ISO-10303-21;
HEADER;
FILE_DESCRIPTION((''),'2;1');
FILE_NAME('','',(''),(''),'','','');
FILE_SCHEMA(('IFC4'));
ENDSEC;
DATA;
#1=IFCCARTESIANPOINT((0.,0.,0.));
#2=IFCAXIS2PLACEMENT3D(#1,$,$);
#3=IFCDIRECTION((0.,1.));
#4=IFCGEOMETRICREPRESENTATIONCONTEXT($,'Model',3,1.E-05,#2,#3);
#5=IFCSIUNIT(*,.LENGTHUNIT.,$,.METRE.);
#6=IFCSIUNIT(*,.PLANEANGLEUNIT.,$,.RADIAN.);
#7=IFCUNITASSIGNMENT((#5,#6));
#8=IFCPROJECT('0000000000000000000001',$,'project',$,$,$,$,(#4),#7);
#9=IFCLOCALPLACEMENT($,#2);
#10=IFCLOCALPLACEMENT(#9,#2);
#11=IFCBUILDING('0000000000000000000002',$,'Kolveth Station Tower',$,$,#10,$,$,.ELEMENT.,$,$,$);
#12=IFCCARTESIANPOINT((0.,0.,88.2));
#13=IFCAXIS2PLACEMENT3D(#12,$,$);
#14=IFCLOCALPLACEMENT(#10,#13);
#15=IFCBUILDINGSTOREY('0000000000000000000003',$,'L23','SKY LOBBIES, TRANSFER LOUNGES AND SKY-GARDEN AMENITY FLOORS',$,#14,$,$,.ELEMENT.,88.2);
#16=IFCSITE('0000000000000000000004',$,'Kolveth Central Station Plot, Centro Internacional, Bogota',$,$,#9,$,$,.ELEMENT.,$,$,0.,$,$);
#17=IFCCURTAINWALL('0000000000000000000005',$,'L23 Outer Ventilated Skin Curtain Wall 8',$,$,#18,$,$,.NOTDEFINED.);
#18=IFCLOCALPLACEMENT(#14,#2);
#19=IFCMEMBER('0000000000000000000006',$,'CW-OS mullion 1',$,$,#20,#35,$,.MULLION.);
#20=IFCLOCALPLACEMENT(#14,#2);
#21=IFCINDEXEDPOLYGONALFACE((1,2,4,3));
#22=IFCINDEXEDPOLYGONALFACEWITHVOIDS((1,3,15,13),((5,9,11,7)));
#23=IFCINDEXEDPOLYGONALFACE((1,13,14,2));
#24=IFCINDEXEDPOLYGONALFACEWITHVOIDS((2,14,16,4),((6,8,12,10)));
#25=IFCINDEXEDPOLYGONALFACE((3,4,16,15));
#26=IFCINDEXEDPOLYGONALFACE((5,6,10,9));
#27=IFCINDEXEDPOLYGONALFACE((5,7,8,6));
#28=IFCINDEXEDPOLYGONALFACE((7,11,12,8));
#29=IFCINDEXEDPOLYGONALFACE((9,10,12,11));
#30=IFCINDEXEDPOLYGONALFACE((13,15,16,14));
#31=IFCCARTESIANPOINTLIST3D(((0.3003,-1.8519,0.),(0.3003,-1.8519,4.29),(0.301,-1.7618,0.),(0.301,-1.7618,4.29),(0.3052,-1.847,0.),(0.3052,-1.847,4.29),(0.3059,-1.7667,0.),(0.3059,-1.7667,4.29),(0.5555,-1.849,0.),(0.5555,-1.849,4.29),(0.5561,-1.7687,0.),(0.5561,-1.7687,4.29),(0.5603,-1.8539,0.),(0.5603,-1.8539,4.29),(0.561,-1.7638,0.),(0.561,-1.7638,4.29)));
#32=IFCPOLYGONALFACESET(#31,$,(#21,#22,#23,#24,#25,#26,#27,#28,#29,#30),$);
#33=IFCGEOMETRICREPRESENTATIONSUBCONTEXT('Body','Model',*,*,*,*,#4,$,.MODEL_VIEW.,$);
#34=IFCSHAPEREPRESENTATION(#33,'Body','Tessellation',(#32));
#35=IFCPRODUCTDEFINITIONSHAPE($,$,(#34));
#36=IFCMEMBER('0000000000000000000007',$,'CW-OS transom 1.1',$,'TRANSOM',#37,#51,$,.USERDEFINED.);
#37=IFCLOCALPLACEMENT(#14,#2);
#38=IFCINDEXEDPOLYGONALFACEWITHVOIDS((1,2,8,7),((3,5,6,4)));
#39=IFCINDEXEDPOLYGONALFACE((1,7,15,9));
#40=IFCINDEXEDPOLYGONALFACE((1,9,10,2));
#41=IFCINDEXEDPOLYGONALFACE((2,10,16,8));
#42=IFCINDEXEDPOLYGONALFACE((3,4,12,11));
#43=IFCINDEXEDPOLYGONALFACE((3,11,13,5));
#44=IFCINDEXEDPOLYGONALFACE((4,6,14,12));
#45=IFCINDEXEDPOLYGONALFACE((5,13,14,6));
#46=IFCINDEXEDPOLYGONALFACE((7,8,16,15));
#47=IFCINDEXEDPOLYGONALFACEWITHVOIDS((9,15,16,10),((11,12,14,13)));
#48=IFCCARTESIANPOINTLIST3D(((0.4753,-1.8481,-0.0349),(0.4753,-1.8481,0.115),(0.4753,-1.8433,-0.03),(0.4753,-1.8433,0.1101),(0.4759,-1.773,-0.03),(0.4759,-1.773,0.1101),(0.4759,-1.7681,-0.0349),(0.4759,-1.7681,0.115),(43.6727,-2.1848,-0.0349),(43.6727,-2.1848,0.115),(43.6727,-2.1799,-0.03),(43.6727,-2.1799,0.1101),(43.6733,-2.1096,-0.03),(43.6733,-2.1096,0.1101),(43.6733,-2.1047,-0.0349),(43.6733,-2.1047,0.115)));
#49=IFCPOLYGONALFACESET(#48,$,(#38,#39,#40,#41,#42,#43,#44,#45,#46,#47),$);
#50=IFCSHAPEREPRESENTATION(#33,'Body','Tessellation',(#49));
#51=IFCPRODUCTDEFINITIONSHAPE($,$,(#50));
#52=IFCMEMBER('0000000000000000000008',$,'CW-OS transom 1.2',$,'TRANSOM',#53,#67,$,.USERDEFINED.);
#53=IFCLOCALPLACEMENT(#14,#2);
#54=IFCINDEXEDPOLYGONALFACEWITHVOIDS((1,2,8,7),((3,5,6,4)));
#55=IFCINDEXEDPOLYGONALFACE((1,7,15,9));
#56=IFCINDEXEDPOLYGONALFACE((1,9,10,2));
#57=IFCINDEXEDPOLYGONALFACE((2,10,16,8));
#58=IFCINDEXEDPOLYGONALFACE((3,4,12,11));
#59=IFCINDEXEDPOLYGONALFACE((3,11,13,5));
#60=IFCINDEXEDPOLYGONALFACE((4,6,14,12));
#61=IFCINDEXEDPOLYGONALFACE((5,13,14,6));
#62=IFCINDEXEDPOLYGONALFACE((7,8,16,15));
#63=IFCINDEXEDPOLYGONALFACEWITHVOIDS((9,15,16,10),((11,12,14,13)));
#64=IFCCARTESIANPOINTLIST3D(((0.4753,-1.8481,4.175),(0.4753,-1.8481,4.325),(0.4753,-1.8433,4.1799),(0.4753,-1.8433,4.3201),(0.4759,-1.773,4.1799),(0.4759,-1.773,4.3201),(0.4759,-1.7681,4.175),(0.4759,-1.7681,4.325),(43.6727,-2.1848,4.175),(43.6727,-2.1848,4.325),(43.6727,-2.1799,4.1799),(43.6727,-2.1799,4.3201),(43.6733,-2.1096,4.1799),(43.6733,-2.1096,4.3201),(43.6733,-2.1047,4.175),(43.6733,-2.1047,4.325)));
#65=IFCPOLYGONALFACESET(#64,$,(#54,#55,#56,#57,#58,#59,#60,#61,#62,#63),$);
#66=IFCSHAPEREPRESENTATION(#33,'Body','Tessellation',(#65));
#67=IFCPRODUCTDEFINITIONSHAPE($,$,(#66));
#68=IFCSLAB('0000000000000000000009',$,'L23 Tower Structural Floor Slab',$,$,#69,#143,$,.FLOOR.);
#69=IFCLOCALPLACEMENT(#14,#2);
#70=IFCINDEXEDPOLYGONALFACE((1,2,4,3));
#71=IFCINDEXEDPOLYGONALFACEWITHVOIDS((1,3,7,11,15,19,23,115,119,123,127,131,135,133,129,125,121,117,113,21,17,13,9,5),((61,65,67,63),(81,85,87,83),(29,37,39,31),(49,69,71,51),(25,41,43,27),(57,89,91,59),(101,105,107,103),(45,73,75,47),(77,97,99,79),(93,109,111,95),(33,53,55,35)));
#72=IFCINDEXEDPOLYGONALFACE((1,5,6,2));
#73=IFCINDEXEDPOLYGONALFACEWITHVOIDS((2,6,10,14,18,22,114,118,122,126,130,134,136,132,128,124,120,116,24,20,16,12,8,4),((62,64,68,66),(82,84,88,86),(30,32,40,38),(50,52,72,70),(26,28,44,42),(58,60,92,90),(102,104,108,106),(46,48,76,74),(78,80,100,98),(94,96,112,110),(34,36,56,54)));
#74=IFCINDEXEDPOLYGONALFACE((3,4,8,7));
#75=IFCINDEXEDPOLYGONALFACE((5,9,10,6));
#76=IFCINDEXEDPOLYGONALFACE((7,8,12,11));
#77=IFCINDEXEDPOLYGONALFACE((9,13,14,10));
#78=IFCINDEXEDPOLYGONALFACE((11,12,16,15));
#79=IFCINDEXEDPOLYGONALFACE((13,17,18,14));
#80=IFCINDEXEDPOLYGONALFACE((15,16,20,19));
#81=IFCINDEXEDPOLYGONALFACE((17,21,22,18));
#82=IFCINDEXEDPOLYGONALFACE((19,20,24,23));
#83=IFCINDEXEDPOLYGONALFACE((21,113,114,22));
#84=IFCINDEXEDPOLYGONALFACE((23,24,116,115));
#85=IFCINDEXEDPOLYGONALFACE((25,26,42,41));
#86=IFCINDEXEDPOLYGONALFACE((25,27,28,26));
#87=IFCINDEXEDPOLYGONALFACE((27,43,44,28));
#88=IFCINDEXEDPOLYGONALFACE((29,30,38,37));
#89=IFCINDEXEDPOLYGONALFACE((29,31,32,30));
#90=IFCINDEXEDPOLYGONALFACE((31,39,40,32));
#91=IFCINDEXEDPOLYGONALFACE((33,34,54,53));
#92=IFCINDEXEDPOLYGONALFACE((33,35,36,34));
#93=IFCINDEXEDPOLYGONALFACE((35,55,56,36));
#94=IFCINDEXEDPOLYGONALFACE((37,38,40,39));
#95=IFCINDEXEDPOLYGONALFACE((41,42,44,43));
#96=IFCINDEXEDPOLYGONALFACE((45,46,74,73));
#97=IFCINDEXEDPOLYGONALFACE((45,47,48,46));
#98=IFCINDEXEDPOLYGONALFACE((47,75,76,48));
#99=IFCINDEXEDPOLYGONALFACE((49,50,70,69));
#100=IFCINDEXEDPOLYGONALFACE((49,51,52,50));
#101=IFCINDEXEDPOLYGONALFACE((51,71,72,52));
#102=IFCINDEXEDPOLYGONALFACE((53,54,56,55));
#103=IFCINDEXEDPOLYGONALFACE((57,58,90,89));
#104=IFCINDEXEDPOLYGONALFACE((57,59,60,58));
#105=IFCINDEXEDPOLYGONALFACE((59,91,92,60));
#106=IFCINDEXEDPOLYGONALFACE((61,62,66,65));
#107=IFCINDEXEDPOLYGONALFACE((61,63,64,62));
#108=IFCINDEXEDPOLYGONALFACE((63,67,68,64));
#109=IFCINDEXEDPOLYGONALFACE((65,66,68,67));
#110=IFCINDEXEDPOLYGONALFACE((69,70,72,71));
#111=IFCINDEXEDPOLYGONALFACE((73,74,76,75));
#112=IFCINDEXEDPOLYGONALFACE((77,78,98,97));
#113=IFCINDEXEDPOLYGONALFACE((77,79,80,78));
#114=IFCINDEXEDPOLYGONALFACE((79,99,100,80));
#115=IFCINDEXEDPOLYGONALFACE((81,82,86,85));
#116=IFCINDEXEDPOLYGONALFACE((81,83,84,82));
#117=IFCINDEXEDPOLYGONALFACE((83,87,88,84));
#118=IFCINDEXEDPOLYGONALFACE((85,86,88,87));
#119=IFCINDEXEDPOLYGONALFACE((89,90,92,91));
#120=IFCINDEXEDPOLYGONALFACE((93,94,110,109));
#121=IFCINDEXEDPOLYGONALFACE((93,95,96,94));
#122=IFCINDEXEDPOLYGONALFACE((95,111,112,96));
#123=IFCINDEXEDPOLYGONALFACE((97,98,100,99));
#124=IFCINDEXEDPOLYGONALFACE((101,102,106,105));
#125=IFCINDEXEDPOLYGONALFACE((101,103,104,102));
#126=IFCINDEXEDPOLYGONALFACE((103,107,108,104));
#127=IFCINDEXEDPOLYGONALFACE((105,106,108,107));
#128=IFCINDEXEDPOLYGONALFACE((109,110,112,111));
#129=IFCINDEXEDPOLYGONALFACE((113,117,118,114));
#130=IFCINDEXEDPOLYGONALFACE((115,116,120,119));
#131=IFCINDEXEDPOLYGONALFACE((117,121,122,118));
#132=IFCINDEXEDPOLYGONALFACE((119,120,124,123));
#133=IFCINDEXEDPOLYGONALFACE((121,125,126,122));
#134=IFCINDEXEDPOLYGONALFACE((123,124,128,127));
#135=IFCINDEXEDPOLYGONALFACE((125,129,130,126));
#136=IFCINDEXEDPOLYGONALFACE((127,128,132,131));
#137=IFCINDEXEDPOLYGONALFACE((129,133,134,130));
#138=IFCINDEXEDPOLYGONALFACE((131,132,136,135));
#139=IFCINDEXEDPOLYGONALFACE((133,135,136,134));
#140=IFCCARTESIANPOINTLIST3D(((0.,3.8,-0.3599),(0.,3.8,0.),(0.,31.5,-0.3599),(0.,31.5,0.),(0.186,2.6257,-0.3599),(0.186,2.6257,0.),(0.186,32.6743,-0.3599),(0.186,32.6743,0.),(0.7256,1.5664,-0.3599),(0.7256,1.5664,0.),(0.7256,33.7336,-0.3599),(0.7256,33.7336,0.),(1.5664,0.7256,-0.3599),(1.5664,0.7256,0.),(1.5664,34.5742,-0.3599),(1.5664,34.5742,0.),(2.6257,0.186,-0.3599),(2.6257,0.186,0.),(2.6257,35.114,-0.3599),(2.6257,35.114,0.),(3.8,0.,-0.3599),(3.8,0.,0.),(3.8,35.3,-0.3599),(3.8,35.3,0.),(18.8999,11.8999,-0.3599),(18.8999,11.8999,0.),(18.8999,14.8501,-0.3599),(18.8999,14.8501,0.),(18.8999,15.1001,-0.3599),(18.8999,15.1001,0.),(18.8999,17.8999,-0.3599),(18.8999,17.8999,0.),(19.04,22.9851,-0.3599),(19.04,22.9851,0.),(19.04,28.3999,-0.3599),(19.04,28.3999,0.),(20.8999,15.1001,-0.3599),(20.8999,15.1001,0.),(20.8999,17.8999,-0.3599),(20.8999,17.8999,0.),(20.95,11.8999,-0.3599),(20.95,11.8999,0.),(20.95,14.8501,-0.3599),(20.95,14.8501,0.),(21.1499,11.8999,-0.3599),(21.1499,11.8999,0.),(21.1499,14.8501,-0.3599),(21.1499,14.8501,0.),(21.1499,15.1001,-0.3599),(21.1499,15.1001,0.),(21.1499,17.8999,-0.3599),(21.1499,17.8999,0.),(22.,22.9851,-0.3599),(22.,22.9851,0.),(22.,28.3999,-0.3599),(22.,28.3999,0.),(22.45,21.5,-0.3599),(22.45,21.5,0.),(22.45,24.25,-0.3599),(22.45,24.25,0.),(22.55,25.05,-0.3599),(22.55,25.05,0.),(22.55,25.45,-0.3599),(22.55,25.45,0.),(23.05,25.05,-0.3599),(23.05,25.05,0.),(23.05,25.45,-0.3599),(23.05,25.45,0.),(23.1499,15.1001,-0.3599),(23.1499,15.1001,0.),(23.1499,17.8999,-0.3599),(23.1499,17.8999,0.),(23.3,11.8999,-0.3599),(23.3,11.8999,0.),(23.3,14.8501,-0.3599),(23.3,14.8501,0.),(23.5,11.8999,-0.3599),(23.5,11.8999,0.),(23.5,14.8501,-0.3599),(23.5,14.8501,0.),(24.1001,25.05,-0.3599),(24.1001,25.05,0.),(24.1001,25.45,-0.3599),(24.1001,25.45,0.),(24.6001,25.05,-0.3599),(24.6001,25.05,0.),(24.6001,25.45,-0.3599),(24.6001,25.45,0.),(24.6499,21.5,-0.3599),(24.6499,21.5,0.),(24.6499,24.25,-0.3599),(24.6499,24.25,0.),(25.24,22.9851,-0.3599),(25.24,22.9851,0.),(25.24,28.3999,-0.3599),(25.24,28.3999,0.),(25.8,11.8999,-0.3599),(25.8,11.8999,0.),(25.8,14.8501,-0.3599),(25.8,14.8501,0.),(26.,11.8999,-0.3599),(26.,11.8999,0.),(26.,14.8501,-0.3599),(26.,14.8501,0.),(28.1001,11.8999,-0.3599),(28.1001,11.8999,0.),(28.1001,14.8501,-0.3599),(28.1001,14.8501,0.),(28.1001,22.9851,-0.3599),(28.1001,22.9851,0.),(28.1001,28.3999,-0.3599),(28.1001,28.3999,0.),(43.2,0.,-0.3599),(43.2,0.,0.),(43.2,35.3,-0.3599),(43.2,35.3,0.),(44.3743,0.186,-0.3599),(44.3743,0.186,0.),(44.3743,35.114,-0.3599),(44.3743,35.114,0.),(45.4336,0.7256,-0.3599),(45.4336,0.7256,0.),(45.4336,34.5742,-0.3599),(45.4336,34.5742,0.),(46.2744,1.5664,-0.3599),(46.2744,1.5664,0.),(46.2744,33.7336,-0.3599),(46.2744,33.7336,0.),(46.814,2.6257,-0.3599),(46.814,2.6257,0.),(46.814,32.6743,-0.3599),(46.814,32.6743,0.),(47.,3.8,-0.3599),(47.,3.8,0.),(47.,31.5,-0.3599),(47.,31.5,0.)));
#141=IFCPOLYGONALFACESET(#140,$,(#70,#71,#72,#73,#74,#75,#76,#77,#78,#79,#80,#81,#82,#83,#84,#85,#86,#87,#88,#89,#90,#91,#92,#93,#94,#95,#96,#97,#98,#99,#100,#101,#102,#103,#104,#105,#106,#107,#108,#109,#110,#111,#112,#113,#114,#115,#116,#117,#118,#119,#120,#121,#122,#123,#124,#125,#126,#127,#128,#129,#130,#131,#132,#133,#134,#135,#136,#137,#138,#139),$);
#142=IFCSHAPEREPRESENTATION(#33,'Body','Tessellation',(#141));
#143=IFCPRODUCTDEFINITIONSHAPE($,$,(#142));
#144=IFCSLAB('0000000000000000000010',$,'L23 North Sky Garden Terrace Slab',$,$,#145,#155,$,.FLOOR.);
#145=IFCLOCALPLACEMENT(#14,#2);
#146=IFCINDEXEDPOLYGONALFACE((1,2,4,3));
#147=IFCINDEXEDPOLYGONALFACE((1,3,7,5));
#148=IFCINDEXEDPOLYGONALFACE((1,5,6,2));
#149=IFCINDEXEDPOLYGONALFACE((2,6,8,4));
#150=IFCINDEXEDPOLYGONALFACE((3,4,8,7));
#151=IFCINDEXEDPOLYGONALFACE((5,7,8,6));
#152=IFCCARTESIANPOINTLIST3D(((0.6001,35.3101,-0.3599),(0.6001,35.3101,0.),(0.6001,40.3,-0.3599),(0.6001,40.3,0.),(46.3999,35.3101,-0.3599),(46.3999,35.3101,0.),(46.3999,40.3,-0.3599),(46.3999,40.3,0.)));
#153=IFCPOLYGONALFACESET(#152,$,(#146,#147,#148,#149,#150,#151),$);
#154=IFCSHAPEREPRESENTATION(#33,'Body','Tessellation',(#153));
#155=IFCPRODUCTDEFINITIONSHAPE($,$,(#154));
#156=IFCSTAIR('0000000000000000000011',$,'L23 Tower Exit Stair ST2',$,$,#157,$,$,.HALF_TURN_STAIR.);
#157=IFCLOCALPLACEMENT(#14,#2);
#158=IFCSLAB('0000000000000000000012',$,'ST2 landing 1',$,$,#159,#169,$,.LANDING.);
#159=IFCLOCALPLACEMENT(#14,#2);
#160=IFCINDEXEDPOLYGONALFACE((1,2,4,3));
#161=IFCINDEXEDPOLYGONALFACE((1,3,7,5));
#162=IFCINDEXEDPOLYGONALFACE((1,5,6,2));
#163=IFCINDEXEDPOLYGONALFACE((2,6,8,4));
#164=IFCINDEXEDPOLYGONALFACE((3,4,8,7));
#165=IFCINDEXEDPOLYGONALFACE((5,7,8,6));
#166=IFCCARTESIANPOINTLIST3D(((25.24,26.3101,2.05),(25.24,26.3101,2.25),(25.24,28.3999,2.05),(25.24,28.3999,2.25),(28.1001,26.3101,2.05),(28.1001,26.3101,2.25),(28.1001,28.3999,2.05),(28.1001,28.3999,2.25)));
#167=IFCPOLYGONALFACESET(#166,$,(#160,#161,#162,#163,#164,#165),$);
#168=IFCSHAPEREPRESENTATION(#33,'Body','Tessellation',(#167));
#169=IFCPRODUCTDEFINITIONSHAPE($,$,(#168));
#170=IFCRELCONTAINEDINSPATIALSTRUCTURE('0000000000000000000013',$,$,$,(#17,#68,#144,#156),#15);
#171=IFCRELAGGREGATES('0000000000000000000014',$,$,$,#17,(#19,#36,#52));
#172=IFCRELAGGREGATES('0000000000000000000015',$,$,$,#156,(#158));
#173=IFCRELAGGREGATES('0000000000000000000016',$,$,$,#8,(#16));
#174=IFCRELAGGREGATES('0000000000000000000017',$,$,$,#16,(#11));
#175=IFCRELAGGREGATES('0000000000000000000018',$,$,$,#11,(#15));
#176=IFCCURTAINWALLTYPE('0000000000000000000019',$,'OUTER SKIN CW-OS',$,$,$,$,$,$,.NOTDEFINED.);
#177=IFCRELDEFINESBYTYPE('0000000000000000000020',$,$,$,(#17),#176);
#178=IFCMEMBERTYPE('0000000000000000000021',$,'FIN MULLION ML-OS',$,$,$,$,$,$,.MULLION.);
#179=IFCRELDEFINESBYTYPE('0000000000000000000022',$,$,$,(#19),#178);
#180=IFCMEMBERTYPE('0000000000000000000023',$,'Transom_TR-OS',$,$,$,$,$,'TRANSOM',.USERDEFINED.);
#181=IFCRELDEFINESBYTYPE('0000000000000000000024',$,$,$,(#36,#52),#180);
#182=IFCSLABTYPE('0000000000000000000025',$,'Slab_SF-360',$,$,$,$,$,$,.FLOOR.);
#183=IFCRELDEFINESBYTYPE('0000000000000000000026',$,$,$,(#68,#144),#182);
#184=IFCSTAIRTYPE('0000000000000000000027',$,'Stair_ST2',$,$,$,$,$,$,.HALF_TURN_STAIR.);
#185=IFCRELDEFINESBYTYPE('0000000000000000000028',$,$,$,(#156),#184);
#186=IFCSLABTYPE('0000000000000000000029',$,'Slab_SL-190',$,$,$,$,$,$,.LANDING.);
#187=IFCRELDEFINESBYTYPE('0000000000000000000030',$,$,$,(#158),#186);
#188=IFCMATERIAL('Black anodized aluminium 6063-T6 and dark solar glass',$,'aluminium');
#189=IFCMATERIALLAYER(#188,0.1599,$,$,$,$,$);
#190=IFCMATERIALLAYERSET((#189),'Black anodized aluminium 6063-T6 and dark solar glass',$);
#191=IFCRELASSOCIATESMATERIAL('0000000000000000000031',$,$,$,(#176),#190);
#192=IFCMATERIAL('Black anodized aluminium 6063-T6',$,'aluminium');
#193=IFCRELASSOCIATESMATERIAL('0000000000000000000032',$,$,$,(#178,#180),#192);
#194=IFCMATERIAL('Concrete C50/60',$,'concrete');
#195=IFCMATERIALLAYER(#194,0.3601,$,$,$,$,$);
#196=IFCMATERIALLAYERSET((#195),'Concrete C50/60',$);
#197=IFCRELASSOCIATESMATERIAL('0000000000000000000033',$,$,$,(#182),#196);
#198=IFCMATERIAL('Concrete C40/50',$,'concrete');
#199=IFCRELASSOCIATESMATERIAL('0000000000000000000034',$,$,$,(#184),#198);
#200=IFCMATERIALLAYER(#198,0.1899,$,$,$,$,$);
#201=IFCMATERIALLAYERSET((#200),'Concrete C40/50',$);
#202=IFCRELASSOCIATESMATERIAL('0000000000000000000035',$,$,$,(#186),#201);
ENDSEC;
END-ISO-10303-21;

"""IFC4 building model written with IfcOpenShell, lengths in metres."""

from ifc_helpers import new_model, si_unit, direction, frame, origin, origin_2d, place, context, subcontext, project, spatial, polyline, hollow_rectangle, outline, extrude, source, transform, mapped, material, layer, layer_set, material_profile, profile_set, type_object, element, aggregate, save


model = new_model("IFC4")

# Units and contexts
model_context = context("Model", 3, precision=1e-05, world=origin(), true_north=direction((0.0, 1.0)))
body_context = subcontext(model_context, "Body", "Model", "MODEL_VIEW")
ifc_project = project(units=[si_unit("LENGTHUNIT", "METRE"), si_unit("PLANEANGLEUNIT", "RADIAN")], contexts=[model_context])

# Site, building, storey
site_placement = place(None, origin())
site = spatial("IfcSite", under=ifc_project, at=site_placement, Name="Kolveth Central Station Plot, Centro Internacional, Bogota", CompositionType="ELEMENT", RefElevation=0.0)
building_placement = place(site_placement, origin())
building = spatial("IfcBuilding", under=site, at=building_placement, Name="Kolveth Station Tower", CompositionType="ELEMENT")
storey_placement = place(building_placement, frame((0.0, 0.0, 88.2)))
storey = spatial("IfcBuildingStorey", under=building, at=storey_placement, Name="L23", Description="SKY LOBBIES, TRANSFER LOUNGES AND SKY-GARDEN AMENITY FLOORS", CompositionType="ELEMENT", Elevation=88.2)

# Shared definitions
ifc_material_1 = material(Name="Black anodized aluminium 6063-T6", Category="aluminium")

# Shared definitions
ifc_material_2 = material(Name="Black anodized aluminium 6063-T6 and dark solar glass", Category="aluminium")
ifc_layer_1 = layer(ifc_material_2, 0.1599)
ifc_layer_set_1 = layer_set([ifc_layer_1], Name="Black anodized aluminium 6063-T6 and dark solar glass")
curtain_wall_type_1 = type_object("IfcCurtainWallType", Name="OUTER SKIN CW-OS", PredefinedType="NOTDEFINED", material=ifc_layer_set_1)
ifc_material_profile_1 = material_profile(ifc_material_1, hollow_rectangle(XDim=0.0901, YDim=0.26, WallThickness=0.0049, at=origin_2d()), Name="ALU-90x260x5")
ifc_profile_set_1 = profile_set([ifc_material_profile_1], Name="Black anodized aluminium 6063-T6")
member_type_1 = type_object("IfcMemberType", Name="FIN MULLION ML-OS", PredefinedType="MULLION", material=ifc_profile_set_1)
shared_shape_1 = source(origin(), body_context, "Body", "SweptSolid", [
    extrude(hollow_rectangle(XDim=0.0901, YDim=0.26, WallThickness=0.0049, at=origin_2d()), origin(), (0.0, 0.0, 1.0), 4.29),
])

# Curtain wall, members
curtain_wall_1_placement = place(storey_placement, origin())
curtain_wall_1 = element("IfcCurtainWall", 1, at=curtain_wall_1_placement, inside=storey, type_object=curtain_wall_type_1, Name="L23 Outer Ventilated Skin Curtain Wall 8", PredefinedType="NOTDEFINED")
member_1_placement = place(storey_placement, frame((0.4307, -1.8079, 0.0), z_axis=(0.0, 0.0, 1.0), x_axis=(0.007794, 0.99997, 0.0)))
member_1 = element("IfcMember", 2, at=member_1_placement, type_object=member_type_1, Name="CW-OS mullion 1", PredefinedType="MULLION", context=body_context, shape_type="MappedRepresentation", body=[
    mapped(shared_shape_1, transform((0.0, 0.0, 0.0), x_axis=(1.0, 0.0, 0.0), y_axis=(0.0, 1.0, 0.0), z_axis=(0.0, 0.0, 1.0), scale=1.0)),
])
ifc_material_profile_2 = material_profile(ifc_material_1, hollow_rectangle(XDim=0.0801, YDim=0.1499, WallThickness=0.0049, at=origin_2d()), Name="ALU-80x150x5")
ifc_profile_set_2 = profile_set([ifc_material_profile_2], Name="Black anodized aluminium 6063-T6")
member_type_2 = type_object("IfcMemberType", Name="Transom_TR-OS", ElementType="TRANSOM", PredefinedType="USERDEFINED", material=ifc_profile_set_2)
shared_shape_2 = source(origin(), body_context, "Body", "SweptSolid", [
    extrude(hollow_rectangle(XDim=0.0801, YDim=0.1499, WallThickness=0.0049, at=origin_2d()), origin(), (0.0, 0.0, 1.0), 43.1987),
])
member_2_placement = place(storey_placement, frame((0.4756, -1.8081, 0.04), z_axis=(0.99997, -0.007793, 0.0), x_axis=(0.007793, 0.99997, 0.0)))
member_2 = element("IfcMember", 3, at=member_2_placement, type_object=member_type_2, Name="CW-OS transom 1.1", ObjectType="TRANSOM", PredefinedType="USERDEFINED", context=body_context, shape_type="MappedRepresentation", body=[
    mapped(shared_shape_2, transform((0.0, 0.0, 0.0), x_axis=(1.0, 0.0, 0.0), y_axis=(0.0, 1.0, 0.0), z_axis=(0.0, 0.0, 1.0), scale=1.0)),
])
member_3_placement = place(storey_placement, frame((0.4756, -1.8081, 4.25), z_axis=(0.99997, -0.007793, 0.0), x_axis=(0.007793, 0.99997, 0.0)))
member_3 = element("IfcMember", 4, at=member_3_placement, type_object=member_type_2, Name="CW-OS transom 1.2", ObjectType="TRANSOM", PredefinedType="USERDEFINED", context=body_context, shape_type="MappedRepresentation", body=[
    mapped(shared_shape_2, transform((0.0, 0.0, 0.0), x_axis=(1.0, 0.0, 0.0), y_axis=(0.0, 1.0, 0.0), z_axis=(0.0, 0.0, 1.0), scale=1.0)),
])
aggregate(curtain_wall_1, [member_1, member_2, member_3])

# Slabs
ifc_material_3 = material(Name="Concrete C50/60", Category="concrete")
ifc_layer_2 = layer(ifc_material_3, 0.3601)
ifc_layer_set_2 = layer_set([ifc_layer_2], Name="Concrete C50/60")
slab_type_1 = type_object("IfcSlabType", Name="Slab_SF-360", PredefinedType="FLOOR", material=ifc_layer_set_2)
slab_1_placement = place(storey_placement, frame((0.0, 0.0, -0.3599)))
element("IfcSlab", 5, at=slab_1_placement, inside=storey, type_object=slab_type_1, Name="L23 Tower Structural Floor Slab", PredefinedType="FLOOR", context=body_context, shape_type="SweptSolid", body=[
    extrude(outline(polyline([(43.2, 0.0), (44.3743, 0.186), (45.4336, 0.7256), (46.2744, 1.5664), (46.814, 2.6257), (47.0, 3.8), (47.0, 31.5), (46.814, 32.6743), (46.2744, 33.7336), (45.4336, 34.5742), (44.3743, 35.114), (43.2, 35.3), (3.8, 35.3), (2.6257, 35.114), (1.5664, 34.5742), (0.7256, 33.7336), (0.186, 32.6743), (0.0, 31.5), (0.0, 3.8), (0.186, 2.6257), (0.7256, 1.5664), (1.5664, 0.7256), (2.6257, 0.186), (3.8, 0.0), (43.2, 0.0)]), holes=[polyline([(19.04, 22.9851), (22.0, 22.9851), (22.0, 28.3999), (19.04, 28.3999), (19.04, 22.9851)]), polyline([(25.24, 22.9851), (28.1001, 22.9851), (28.1001, 28.3999), (25.24, 28.3999), (25.24, 22.9851)]), polyline([(18.8999, 15.1001), (20.8999, 15.1001), (20.8999, 17.8999), (18.8999, 17.8999), (18.8999, 15.1001)]), polyline([(21.1499, 15.1001), (23.1499, 15.1001), (23.1499, 17.8999), (21.1499, 17.8999), (21.1499, 15.1001)]), polyline([(22.45, 21.5), (24.6499, 21.5), (24.6499, 24.25), (22.45, 24.25), (22.45, 21.5)]), polyline([(18.8999, 11.8999), (20.95, 11.8999), (20.95, 14.8501), (18.8999, 14.8501), (18.8999, 11.8999)]), polyline([(21.1499, 11.8999), (23.3, 11.8999), (23.3, 14.8501), (21.1499, 14.8501), (21.1499, 11.8999)]), polyline([(23.5, 11.8999), (25.8, 11.8999), (25.8, 14.8501), (23.5, 14.8501), (23.5, 11.8999)]), polyline([(26.0, 11.8999), (28.1001, 11.8999), (28.1001, 14.8501), (26.0, 14.8501), (26.0, 11.8999)]), polyline([(22.55, 25.05), (23.05, 25.05), (23.05, 25.45), (22.55, 25.45), (22.55, 25.05)]), polyline([(24.1001, 25.05), (24.6001, 25.05), (24.6001, 25.45), (24.1001, 25.45), (24.1001, 25.05)])]), origin(), (0.0, 0.0, 1.0), 0.3599),
])
slab_2_placement = place(storey_placement, frame((0.0, 0.0, -0.3599)))
element("IfcSlab", 6, at=slab_2_placement, inside=storey, type_object=slab_type_1, Name="L23 North Sky Garden Terrace Slab", PredefinedType="FLOOR", context=body_context, shape_type="SweptSolid", body=[
    extrude(outline(polyline([(0.6001, 35.3101), (46.3999, 35.3101), (46.3999, 40.3), (0.6001, 40.3), (0.6001, 35.3101)])), origin(), (0.0, 0.0, 1.0), 0.3599),
])

# Stair, slab
ifc_material_4 = material(Name="Concrete C40/50", Category="concrete")
stair_type_1 = type_object("IfcStairType", Name="Stair_ST2", PredefinedType="HALF_TURN_STAIR", material=ifc_material_4)
stair_1_placement = place(storey_placement, origin())
stair_1 = element("IfcStair", 7, at=stair_1_placement, inside=storey, type_object=stair_type_1, Name="L23 Tower Exit Stair ST2", PredefinedType="HALF_TURN_STAIR")
ifc_layer_3 = layer(ifc_material_4, 0.1899)
ifc_layer_set_3 = layer_set([ifc_layer_3], Name="Concrete C40/50")
slab_type_2 = type_object("IfcSlabType", Name="Slab_SL-190", PredefinedType="LANDING", material=ifc_layer_set_3)
slab_3_placement = place(storey_placement, frame((0.0, 0.0, 2.05)))
slab_3 = element("IfcSlab", 8, at=slab_3_placement, type_object=slab_type_2, Name="ST2 landing 1", PredefinedType="LANDING", context=body_context, shape_type="SweptSolid", body=[
    extrude(outline(polyline([(28.1001, 26.3101), (28.1001, 28.3999), (25.24, 28.3999), (25.24, 26.3101), (28.1001, 26.3101)])), origin(), (0.0, 0.0, 1.0), 0.2),
])
aggregate(stair_1, [slab_3])

save(model, "model.ifc")
